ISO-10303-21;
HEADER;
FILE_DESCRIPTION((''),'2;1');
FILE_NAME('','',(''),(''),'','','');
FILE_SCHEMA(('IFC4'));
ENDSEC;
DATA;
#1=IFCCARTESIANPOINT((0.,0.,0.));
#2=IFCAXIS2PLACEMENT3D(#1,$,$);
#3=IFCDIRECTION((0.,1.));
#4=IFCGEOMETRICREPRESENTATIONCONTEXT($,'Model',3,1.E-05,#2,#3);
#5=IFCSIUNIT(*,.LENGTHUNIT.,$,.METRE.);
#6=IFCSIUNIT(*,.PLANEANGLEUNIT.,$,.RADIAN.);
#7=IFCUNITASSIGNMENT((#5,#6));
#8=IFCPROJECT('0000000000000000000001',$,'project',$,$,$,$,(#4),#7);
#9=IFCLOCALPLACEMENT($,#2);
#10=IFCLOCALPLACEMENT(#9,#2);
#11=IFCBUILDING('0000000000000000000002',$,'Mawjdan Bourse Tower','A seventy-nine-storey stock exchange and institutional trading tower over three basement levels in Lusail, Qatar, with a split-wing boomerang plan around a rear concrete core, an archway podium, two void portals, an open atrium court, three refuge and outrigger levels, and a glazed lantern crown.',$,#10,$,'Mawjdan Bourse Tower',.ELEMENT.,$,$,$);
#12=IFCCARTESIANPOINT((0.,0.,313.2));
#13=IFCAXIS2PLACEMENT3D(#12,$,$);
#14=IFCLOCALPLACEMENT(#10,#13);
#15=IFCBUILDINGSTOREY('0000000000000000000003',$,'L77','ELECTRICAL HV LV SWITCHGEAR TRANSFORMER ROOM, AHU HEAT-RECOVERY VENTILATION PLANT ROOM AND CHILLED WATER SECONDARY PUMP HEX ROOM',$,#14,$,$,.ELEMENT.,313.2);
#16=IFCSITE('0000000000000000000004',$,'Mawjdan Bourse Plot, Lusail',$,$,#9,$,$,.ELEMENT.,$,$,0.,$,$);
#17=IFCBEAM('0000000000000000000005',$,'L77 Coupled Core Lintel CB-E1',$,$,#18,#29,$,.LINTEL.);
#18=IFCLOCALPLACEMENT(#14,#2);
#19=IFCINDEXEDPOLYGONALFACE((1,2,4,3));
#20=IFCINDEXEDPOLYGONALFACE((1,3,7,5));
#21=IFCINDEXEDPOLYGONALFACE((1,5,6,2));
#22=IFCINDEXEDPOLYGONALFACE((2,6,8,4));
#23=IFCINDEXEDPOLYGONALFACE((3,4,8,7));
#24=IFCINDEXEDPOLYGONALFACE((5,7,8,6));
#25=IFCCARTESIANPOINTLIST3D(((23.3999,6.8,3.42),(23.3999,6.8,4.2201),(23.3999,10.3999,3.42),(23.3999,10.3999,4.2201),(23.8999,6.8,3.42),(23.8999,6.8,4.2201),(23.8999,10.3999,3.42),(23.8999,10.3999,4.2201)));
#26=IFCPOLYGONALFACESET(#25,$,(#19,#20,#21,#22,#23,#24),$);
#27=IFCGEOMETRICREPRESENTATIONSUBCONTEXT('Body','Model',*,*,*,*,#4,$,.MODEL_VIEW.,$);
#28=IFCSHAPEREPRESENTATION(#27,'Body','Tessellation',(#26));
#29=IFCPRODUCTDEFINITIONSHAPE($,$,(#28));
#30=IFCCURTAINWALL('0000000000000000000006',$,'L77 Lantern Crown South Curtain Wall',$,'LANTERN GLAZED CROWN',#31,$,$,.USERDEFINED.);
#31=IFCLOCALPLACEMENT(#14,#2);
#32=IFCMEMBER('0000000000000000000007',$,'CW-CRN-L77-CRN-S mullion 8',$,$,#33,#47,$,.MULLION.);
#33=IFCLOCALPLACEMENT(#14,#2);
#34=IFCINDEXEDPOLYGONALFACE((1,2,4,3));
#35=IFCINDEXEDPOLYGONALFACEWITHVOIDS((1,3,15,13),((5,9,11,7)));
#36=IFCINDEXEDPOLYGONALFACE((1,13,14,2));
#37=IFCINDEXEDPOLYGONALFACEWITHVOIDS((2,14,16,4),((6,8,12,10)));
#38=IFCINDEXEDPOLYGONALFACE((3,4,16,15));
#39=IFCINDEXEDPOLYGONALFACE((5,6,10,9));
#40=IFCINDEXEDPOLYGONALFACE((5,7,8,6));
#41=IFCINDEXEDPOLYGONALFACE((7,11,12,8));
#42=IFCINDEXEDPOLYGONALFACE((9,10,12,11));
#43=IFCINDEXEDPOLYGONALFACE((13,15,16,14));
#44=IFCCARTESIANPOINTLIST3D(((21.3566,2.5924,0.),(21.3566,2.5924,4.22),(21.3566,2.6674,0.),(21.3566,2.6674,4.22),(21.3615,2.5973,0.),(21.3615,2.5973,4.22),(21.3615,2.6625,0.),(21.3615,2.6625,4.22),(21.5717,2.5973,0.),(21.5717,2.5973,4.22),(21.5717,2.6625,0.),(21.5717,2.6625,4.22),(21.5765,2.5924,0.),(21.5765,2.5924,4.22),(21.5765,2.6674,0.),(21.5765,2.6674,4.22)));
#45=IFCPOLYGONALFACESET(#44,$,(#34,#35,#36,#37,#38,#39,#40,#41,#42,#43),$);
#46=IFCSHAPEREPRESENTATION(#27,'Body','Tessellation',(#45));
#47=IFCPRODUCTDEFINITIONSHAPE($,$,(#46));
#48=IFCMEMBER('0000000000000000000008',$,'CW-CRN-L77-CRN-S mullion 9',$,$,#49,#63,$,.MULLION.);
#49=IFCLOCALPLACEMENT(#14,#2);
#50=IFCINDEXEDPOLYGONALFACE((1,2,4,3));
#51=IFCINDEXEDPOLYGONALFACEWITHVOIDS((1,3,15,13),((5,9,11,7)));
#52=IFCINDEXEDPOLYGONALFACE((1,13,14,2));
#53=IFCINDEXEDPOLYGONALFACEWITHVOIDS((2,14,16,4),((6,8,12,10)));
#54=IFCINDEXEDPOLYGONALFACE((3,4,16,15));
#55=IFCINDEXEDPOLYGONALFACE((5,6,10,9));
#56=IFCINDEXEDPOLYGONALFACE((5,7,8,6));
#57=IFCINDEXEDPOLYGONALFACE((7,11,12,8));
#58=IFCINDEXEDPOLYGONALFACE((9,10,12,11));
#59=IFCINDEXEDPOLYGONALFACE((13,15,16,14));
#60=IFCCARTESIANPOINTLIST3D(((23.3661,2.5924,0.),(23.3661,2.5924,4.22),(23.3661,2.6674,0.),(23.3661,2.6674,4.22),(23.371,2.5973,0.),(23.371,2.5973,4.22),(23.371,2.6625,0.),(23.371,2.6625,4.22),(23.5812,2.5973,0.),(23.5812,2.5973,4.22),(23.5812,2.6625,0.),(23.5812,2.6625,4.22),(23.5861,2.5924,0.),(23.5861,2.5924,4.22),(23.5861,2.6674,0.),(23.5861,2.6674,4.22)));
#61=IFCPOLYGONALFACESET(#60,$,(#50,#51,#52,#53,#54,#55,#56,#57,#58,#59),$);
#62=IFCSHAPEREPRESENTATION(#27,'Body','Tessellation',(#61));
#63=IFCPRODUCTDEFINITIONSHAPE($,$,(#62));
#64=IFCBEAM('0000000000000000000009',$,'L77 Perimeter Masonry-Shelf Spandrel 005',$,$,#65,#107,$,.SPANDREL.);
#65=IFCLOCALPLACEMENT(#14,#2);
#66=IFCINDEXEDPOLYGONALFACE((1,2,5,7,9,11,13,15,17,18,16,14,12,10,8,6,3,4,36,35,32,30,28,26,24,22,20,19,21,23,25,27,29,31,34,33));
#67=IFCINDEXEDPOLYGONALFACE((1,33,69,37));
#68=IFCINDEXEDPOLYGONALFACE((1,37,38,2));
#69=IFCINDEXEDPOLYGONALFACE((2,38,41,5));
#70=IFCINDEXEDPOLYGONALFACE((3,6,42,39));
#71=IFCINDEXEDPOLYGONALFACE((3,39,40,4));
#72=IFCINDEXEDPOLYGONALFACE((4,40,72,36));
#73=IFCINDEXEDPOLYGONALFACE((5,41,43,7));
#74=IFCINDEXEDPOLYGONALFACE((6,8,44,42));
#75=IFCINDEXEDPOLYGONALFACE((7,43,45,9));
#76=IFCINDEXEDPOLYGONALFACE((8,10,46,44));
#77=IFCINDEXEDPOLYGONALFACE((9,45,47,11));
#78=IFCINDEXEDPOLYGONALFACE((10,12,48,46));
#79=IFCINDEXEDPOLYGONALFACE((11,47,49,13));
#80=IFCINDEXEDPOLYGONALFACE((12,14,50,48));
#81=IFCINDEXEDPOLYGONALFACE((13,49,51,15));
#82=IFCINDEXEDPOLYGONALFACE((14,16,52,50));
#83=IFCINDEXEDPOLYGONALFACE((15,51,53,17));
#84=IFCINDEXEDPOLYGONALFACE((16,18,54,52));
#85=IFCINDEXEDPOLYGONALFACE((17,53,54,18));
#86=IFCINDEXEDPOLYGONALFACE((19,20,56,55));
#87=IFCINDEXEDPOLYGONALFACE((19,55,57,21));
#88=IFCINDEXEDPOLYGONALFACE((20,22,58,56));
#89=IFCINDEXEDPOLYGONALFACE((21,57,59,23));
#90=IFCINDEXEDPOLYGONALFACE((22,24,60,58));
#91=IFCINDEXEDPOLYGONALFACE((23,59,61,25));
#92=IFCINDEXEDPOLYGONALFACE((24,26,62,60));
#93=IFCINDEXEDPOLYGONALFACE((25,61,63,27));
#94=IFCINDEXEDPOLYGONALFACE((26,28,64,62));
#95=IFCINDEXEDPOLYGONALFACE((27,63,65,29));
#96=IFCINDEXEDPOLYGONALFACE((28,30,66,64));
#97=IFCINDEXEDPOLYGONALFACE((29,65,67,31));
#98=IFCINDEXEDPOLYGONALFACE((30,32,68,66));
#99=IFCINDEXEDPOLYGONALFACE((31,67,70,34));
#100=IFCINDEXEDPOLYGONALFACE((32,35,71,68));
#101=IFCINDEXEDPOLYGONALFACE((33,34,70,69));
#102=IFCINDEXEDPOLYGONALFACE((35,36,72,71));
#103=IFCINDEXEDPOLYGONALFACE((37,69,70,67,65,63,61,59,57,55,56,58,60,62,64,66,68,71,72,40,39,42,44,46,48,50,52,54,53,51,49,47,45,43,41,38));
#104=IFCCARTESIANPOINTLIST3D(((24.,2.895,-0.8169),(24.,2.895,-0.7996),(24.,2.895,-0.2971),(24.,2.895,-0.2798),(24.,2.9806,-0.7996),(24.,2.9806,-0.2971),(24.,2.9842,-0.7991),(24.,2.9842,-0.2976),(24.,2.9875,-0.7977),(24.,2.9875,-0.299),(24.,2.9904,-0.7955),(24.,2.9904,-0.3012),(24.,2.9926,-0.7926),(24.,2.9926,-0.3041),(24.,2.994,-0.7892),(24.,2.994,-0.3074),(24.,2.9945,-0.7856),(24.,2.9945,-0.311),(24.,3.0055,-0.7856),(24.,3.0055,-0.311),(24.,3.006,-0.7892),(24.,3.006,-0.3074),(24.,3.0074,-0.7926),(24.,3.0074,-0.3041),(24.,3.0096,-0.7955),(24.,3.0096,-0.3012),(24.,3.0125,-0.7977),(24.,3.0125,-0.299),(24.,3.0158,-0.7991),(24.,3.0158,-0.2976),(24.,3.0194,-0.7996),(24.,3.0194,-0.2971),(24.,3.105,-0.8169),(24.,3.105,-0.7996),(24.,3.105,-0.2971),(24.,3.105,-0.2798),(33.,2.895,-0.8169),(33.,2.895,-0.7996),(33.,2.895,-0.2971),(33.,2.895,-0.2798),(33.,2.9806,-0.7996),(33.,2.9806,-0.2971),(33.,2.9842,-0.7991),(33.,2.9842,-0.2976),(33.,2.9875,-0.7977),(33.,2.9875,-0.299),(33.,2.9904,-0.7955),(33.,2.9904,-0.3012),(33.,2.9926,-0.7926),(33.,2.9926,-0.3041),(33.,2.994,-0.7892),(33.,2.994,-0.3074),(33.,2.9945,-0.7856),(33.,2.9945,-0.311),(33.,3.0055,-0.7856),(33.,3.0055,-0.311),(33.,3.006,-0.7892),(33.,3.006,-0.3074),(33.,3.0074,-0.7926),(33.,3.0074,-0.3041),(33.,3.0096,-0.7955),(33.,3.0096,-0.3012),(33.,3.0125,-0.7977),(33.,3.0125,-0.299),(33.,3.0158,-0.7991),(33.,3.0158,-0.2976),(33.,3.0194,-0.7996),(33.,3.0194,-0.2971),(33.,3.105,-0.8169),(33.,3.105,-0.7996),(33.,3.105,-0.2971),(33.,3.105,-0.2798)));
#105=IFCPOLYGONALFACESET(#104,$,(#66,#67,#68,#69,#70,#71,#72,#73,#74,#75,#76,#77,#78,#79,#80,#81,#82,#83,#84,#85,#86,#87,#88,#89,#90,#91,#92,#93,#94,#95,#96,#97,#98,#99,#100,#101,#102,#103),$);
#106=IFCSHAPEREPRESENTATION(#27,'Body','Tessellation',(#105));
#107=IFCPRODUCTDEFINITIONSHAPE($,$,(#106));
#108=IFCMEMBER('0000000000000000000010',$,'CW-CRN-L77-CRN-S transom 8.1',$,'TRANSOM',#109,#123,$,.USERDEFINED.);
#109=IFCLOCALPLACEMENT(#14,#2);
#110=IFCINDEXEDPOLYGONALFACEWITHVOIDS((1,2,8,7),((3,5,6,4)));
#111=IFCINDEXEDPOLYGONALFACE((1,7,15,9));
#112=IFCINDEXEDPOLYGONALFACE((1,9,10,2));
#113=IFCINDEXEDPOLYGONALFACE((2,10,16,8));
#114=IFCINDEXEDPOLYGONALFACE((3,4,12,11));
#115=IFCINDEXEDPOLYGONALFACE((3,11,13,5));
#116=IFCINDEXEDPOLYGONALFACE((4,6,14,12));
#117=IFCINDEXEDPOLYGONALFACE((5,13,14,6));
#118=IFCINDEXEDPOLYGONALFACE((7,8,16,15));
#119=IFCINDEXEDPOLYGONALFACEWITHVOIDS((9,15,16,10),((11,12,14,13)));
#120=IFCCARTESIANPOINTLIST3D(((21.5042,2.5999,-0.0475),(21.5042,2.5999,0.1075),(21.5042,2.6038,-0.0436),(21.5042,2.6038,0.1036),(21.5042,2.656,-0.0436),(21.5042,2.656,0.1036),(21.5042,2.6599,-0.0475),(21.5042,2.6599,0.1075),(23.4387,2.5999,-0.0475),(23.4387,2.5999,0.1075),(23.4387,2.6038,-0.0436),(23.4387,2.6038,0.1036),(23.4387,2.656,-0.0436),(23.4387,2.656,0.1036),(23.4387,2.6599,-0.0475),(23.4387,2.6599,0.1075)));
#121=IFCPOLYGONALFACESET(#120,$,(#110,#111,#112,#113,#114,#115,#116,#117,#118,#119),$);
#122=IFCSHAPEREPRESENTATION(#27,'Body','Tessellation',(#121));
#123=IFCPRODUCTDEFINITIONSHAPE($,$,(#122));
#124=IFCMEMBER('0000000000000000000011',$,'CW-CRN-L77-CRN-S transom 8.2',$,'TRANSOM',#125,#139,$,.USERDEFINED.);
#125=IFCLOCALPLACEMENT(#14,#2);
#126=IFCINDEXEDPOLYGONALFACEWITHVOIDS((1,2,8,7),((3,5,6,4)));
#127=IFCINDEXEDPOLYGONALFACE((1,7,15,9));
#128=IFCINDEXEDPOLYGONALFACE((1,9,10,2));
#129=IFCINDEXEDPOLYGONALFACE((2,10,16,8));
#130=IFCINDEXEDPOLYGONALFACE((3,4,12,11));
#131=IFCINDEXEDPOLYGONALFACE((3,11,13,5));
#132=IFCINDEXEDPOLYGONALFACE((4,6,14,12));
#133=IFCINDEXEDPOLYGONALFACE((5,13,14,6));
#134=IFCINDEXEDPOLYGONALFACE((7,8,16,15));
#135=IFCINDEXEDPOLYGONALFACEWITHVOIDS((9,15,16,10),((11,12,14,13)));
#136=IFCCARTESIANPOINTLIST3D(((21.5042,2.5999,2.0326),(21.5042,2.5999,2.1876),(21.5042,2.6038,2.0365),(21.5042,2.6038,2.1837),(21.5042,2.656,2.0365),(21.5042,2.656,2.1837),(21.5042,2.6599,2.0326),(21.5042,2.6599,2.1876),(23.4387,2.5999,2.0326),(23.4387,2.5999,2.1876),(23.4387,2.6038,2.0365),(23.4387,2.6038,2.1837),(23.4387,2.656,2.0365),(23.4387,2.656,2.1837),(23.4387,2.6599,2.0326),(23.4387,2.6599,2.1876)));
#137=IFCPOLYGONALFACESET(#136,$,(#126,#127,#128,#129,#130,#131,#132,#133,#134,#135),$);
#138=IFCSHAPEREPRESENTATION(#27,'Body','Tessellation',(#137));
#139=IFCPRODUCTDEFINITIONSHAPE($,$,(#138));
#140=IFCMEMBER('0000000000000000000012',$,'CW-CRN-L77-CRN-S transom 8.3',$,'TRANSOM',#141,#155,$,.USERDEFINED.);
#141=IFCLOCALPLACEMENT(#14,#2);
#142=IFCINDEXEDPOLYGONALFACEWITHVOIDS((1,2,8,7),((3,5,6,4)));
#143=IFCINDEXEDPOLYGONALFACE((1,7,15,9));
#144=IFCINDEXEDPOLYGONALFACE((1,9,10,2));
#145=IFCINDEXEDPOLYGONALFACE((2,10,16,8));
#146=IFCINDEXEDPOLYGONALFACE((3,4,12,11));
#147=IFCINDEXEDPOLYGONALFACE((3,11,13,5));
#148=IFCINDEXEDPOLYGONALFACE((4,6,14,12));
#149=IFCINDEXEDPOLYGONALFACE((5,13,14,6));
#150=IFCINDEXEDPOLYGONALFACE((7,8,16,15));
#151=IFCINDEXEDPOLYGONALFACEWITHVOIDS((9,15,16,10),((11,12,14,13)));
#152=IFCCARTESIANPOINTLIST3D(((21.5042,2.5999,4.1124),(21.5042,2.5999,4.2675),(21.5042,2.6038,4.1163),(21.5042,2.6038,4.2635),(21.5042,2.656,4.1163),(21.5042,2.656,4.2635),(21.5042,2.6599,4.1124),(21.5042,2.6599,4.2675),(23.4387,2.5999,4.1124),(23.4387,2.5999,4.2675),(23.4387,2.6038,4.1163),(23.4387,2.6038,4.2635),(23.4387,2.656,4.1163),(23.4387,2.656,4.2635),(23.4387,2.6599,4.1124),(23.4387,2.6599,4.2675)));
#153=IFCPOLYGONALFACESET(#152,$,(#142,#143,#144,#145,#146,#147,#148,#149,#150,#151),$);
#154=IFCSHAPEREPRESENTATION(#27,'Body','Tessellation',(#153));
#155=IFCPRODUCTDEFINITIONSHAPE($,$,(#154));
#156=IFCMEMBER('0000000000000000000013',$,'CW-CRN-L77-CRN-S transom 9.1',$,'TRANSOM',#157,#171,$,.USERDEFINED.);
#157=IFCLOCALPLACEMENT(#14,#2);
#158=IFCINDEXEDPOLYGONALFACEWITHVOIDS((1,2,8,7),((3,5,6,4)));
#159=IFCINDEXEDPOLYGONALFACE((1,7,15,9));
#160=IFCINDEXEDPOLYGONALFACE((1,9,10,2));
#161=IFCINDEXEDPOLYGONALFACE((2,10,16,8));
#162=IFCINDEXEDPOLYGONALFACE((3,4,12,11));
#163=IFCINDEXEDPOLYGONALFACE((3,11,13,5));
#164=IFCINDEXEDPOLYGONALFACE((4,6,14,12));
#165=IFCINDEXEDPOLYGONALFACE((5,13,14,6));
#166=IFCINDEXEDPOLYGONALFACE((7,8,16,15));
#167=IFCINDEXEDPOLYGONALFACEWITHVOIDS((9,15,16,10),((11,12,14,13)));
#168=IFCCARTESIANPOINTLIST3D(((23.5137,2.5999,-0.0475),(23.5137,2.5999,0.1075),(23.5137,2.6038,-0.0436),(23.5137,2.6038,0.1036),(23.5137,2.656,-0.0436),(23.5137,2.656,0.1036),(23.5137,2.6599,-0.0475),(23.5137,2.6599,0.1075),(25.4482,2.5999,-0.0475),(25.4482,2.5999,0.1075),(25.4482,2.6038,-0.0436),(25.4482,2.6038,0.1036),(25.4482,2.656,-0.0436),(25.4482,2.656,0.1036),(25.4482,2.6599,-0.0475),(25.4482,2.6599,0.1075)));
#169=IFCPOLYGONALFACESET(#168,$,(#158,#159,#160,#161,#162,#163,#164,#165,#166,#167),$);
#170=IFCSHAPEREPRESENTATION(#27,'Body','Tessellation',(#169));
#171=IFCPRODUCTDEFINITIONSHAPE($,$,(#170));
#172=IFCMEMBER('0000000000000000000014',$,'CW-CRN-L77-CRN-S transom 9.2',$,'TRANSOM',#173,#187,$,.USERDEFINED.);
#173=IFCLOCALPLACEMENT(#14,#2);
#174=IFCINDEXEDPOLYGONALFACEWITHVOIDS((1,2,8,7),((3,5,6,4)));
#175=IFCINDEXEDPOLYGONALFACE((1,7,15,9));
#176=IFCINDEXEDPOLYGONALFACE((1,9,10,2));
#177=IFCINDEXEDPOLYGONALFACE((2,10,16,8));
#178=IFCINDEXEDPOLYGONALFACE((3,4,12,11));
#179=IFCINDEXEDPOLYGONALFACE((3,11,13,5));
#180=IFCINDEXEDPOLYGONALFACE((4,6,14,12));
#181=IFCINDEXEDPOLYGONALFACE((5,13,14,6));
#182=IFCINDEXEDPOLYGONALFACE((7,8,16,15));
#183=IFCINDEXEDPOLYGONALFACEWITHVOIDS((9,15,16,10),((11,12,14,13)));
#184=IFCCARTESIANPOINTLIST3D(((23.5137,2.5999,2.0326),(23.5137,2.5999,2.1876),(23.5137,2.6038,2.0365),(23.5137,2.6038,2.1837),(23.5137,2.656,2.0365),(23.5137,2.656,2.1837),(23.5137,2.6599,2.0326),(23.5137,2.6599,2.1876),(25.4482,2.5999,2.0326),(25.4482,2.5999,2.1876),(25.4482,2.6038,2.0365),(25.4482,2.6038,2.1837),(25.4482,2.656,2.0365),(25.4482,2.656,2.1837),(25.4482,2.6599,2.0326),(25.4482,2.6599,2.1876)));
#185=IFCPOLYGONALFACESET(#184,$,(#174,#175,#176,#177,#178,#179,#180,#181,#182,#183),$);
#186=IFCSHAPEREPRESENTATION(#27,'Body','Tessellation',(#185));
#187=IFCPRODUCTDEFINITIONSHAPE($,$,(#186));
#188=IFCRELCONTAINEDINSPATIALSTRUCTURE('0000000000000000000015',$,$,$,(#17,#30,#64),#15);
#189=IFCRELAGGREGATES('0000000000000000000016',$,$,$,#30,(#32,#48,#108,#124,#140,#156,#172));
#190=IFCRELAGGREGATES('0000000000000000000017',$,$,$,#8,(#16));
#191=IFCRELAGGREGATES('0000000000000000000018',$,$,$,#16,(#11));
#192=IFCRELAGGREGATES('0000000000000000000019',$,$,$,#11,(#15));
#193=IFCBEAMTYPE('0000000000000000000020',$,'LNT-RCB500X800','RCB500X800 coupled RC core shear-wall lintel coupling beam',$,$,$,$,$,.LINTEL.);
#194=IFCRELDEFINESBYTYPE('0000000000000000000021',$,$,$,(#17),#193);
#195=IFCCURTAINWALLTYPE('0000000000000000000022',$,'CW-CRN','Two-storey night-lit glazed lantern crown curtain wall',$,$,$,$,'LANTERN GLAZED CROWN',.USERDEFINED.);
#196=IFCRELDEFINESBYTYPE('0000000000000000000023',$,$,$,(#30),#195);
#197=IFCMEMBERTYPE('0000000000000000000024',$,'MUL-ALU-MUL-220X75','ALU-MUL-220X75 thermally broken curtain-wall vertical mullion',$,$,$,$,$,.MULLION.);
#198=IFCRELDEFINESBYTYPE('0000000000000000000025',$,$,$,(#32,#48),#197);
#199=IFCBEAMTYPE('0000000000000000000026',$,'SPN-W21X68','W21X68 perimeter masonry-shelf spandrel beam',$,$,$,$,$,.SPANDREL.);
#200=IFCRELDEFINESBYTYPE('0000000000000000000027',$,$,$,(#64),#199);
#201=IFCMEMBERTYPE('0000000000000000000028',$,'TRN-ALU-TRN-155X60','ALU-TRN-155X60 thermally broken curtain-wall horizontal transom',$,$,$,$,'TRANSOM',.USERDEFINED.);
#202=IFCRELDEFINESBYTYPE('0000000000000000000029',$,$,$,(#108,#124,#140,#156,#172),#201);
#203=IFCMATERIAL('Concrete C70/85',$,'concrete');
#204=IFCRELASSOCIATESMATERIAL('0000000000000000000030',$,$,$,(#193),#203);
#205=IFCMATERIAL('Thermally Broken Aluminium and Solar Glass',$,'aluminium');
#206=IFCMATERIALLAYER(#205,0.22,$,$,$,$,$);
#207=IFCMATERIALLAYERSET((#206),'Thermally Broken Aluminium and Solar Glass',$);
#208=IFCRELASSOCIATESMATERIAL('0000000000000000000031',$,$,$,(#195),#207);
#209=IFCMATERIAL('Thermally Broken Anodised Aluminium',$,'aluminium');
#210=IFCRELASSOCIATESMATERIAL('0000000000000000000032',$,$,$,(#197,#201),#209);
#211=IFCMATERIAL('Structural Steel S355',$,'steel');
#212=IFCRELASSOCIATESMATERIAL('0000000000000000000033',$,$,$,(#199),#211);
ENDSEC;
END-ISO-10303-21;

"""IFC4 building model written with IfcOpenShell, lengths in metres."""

from ifc_helpers import new_model, si_unit, direction, frame, origin, origin_2d, place, context, subcontext, project, spatial, rectangle, hollow_rectangle, i_section, extrude, material, layer, layer_set, material_profile, profile_set, type_object, element, aggregate, save


model = new_model("IFC4")

# Units and contexts
model_context = context("Model", 3, precision=1e-05, world=origin(), true_north=direction((0.0, 1.0)))
body_context = subcontext(model_context, "Body", "Model", "MODEL_VIEW")
ifc_project = project(units=[si_unit("LENGTHUNIT", "METRE"), si_unit("PLANEANGLEUNIT", "RADIAN")], contexts=[model_context])

# Site, building, storey
site_placement = place(None, origin())
site = spatial("IfcSite", under=ifc_project, at=site_placement, Name="Mawjdan Bourse Plot, Lusail", CompositionType="ELEMENT", RefElevation=0.0)
building_placement = place(site_placement, origin())
building = spatial("IfcBuilding", under=site, at=building_placement, Name="Mawjdan Bourse Tower", Description="A seventy-nine-storey stock exchange and institutional trading tower over three basement levels in Lusail, Qatar, with a split-wing boomerang plan around a rear concrete core, an archway podium, two void portals, an open atrium court, three refuge and outrigger levels, and a glazed lantern crown.", LongName="Mawjdan Bourse Tower", CompositionType="ELEMENT")
storey_placement = place(building_placement, frame((0.0, 0.0, 313.2)))
storey = spatial("IfcBuildingStorey", under=building, at=storey_placement, Name="L77", Description="ELECTRICAL HV LV SWITCHGEAR TRANSFORMER ROOM, AHU HEAT-RECOVERY VENTILATION PLANT ROOM AND CHILLED WATER SECONDARY PUMP HEX ROOM", CompositionType="ELEMENT", Elevation=313.2)

# Shared definitions
ifc_material_1 = material(Name="Structural Steel S355", Category="steel")

# Beam
ifc_material_2 = material(Name="Concrete C70/85", Category="concrete")
ifc_material_profile_1 = material_profile(ifc_material_2, rectangle(XDim=0.5, YDim=0.8, at=origin_2d()), Name="RCB500X800")
ifc_profile_set_1 = profile_set([ifc_material_profile_1], Name="Concrete C70/85")
beam_type_1 = type_object("IfcBeamType", Name="LNT-RCB500X800", Description="RCB500X800 coupled RC core shear-wall lintel coupling beam", PredefinedType="LINTEL", material=ifc_profile_set_1)
beam_1_placement = place(storey_placement, frame((23.6499, 6.8, 3.8201), z_axis=(0.0, 1.0, 0.0), x_axis=(-1.0, 0.0, 0.0)))
element("IfcBeam", 1, at=beam_1_placement, inside=storey, type_object=beam_type_1, Name="L77 Coupled Core Lintel CB-E1", PredefinedType="LINTEL", context=body_context, shape_type="SweptSolid", body=[
    extrude(rectangle(XDim=0.5, YDim=0.8, at=origin_2d()), origin(), (0.0, 0.0, 1.0), 3.5999),
])

# Curtain wall, members
ifc_material_3 = material(Name="Thermally Broken Aluminium and Solar Glass", Category="aluminium")
ifc_layer_1 = layer(ifc_material_3, 0.22)
ifc_layer_set_1 = layer_set([ifc_layer_1], Name="Thermally Broken Aluminium and Solar Glass")
curtain_wall_type = type_object("IfcCurtainWallType", Name="CW-CRN", Description="Two-storey night-lit glazed lantern crown curtain wall", ElementType="LANTERN GLAZED CROWN", PredefinedType="USERDEFINED", material=ifc_layer_set_1)
curtain_wall_placement = place(storey_placement, origin())
curtain_wall = element("IfcCurtainWall", 2, at=curtain_wall_placement, inside=storey, type_object=curtain_wall_type, Name="L77 Lantern Crown South Curtain Wall", ObjectType="LANTERN GLAZED CROWN", PredefinedType="USERDEFINED")
ifc_material_4 = material(Name="Thermally Broken Anodised Aluminium", Category="aluminium")
ifc_material_profile_2 = material_profile(ifc_material_4, hollow_rectangle(XDim=0.075, YDim=0.22, WallThickness=0.0049, at=origin_2d()), Name="ALU-MUL-220X75")
ifc_profile_set_2 = profile_set([ifc_material_profile_2], Name="Thermally Broken Anodised Aluminium")
member_type_1 = type_object("IfcMemberType", Name="MUL-ALU-MUL-220X75", Description="ALU-MUL-220X75 thermally broken curtain-wall vertical mullion", PredefinedType="MULLION", material=ifc_profile_set_2)
member_1_placement = place(storey_placement, frame((21.4666, 2.6299, 0.0), z_axis=(0.0, 0.0, 1.0), x_axis=(0.0, 1.0, 0.0)))
member_1 = element("IfcMember", 3, at=member_1_placement, type_object=member_type_1, Name="CW-CRN-L77-CRN-S mullion 8", PredefinedType="MULLION", context=body_context, shape_type="SweptSolid", body=[
    extrude(hollow_rectangle(XDim=0.075, YDim=0.22, WallThickness=0.0049, at=origin_2d()), origin(), (0.0, 0.0, 1.0), 4.22),
])
member_2_placement = place(storey_placement, frame((23.4761, 2.6299, 0.0), z_axis=(0.0, 0.0, 1.0), x_axis=(0.0, 1.0, 0.0)))
member_2 = element("IfcMember", 4, at=member_2_placement, type_object=member_type_1, Name="CW-CRN-L77-CRN-S mullion 9", PredefinedType="MULLION", context=body_context, shape_type="SweptSolid", body=[
    extrude(hollow_rectangle(XDim=0.075, YDim=0.22, WallThickness=0.0049, at=origin_2d()), origin(), (0.0, 0.0, 1.0), 4.22),
])

# Beam
ifc_material_profile_3 = material_profile(ifc_material_1, i_section(OverallWidth=0.21, OverallDepth=0.5371, WebThickness=0.011, FlangeThickness=0.0173, FilletRadius=0.0139, at=origin_2d()), Name="W21X68")
ifc_profile_set_3 = profile_set([ifc_material_profile_3], Name="Structural Steel S355")
beam_type_2 = type_object("IfcBeamType", Name="SPN-W21X68", Description="W21X68 perimeter masonry-shelf spandrel beam", PredefinedType="SPANDREL", material=ifc_profile_set_3)
beam_2_placement = place(storey_placement, frame((24.0, 3.0, -0.5483), z_axis=(1.0, 0.0, 0.0), x_axis=(0.0, 1.0, 0.0)))
element("IfcBeam", 5, at=beam_2_placement, inside=storey, type_object=beam_type_2, Name="L77 Perimeter Masonry-Shelf Spandrel 005", PredefinedType="SPANDREL", context=body_context, shape_type="SweptSolid", body=[
    extrude(i_section(OverallWidth=0.21, OverallDepth=0.5371, WebThickness=0.011, FlangeThickness=0.0173, FilletRadius=0.0139, at=origin_2d()), origin(), (0.0, 0.0, 1.0), 9.0),
])

# Members
ifc_material_profile_4 = material_profile(ifc_material_4, hollow_rectangle(XDim=0.0601, YDim=0.155, WallThickness=0.0039, at=origin_2d()), Name="ALU-TRN-155X60")
ifc_profile_set_4 = profile_set([ifc_material_profile_4], Name="Thermally Broken Anodised Aluminium")
member_type_2 = type_object("IfcMemberType", Name="TRN-ALU-TRN-155X60", Description="ALU-TRN-155X60 thermally broken curtain-wall horizontal transom", ElementType="TRANSOM", PredefinedType="USERDEFINED", material=ifc_profile_set_4)
member_3_placement = place(storey_placement, frame((21.5042, 2.6299, 0.03), z_axis=(1.0, 0.0, 0.0), x_axis=(0.0, 1.0, 0.0)))
member_3 = element("IfcMember", 6, at=member_3_placement, type_object=member_type_2, Name="CW-CRN-L77-CRN-S transom 8.1", ObjectType="TRANSOM", PredefinedType="USERDEFINED", context=body_context, shape_type="SweptSolid", body=[
    extrude(hollow_rectangle(XDim=0.0601, YDim=0.155, WallThickness=0.0039, at=origin_2d()), origin(), (0.0, 0.0, 1.0), 1.9346),
])
member_4_placement = place(storey_placement, frame((21.5042, 2.6299, 2.1101), z_axis=(1.0, 0.0, 0.0), x_axis=(0.0, 1.0, 0.0)))
member_4 = element("IfcMember", 7, at=member_4_placement, type_object=member_type_2, Name="CW-CRN-L77-CRN-S transom 8.2", ObjectType="TRANSOM", PredefinedType="USERDEFINED", context=body_context, shape_type="SweptSolid", body=[
    extrude(hollow_rectangle(XDim=0.0601, YDim=0.155, WallThickness=0.0039, at=origin_2d()), origin(), (0.0, 0.0, 1.0), 1.9346),
])
member_5_placement = place(storey_placement, frame((21.5042, 2.6299, 4.1899), z_axis=(1.0, 0.0, 0.0), x_axis=(0.0, 1.0, 0.0)))
member_5 = element("IfcMember", 8, at=member_5_placement, type_object=member_type_2, Name="CW-CRN-L77-CRN-S transom 8.3", ObjectType="TRANSOM", PredefinedType="USERDEFINED", context=body_context, shape_type="SweptSolid", body=[
    extrude(hollow_rectangle(XDim=0.0601, YDim=0.155, WallThickness=0.0039, at=origin_2d()), origin(), (0.0, 0.0, 1.0), 1.9346),
])
member_6_placement = place(storey_placement, frame((23.5137, 2.6299, 0.03), z_axis=(1.0, 0.0, 0.0), x_axis=(0.0, 1.0, 0.0)))
member_6 = element("IfcMember", 9, at=member_6_placement, type_object=member_type_2, Name="CW-CRN-L77-CRN-S transom 9.1", ObjectType="TRANSOM", PredefinedType="USERDEFINED", context=body_context, shape_type="SweptSolid", body=[
    extrude(hollow_rectangle(XDim=0.0601, YDim=0.155, WallThickness=0.0039, at=origin_2d()), origin(), (0.0, 0.0, 1.0), 1.9346),
])
member_7_placement = place(storey_placement, frame((23.5137, 2.6299, 2.1101), z_axis=(1.0, 0.0, 0.0), x_axis=(0.0, 1.0, 0.0)))
member_7 = element("IfcMember", 10, at=member_7_placement, type_object=member_type_2, Name="CW-CRN-L77-CRN-S transom 9.2", ObjectType="TRANSOM", PredefinedType="USERDEFINED", context=body_context, shape_type="SweptSolid", body=[
    extrude(hollow_rectangle(XDim=0.0601, YDim=0.155, WallThickness=0.0039, at=origin_2d()), origin(), (0.0, 0.0, 1.0), 1.9346),
])

aggregate(curtain_wall, [member_1, member_2, member_3, member_4, member_5, member_6, member_7])

save(model, "model.ifc")
